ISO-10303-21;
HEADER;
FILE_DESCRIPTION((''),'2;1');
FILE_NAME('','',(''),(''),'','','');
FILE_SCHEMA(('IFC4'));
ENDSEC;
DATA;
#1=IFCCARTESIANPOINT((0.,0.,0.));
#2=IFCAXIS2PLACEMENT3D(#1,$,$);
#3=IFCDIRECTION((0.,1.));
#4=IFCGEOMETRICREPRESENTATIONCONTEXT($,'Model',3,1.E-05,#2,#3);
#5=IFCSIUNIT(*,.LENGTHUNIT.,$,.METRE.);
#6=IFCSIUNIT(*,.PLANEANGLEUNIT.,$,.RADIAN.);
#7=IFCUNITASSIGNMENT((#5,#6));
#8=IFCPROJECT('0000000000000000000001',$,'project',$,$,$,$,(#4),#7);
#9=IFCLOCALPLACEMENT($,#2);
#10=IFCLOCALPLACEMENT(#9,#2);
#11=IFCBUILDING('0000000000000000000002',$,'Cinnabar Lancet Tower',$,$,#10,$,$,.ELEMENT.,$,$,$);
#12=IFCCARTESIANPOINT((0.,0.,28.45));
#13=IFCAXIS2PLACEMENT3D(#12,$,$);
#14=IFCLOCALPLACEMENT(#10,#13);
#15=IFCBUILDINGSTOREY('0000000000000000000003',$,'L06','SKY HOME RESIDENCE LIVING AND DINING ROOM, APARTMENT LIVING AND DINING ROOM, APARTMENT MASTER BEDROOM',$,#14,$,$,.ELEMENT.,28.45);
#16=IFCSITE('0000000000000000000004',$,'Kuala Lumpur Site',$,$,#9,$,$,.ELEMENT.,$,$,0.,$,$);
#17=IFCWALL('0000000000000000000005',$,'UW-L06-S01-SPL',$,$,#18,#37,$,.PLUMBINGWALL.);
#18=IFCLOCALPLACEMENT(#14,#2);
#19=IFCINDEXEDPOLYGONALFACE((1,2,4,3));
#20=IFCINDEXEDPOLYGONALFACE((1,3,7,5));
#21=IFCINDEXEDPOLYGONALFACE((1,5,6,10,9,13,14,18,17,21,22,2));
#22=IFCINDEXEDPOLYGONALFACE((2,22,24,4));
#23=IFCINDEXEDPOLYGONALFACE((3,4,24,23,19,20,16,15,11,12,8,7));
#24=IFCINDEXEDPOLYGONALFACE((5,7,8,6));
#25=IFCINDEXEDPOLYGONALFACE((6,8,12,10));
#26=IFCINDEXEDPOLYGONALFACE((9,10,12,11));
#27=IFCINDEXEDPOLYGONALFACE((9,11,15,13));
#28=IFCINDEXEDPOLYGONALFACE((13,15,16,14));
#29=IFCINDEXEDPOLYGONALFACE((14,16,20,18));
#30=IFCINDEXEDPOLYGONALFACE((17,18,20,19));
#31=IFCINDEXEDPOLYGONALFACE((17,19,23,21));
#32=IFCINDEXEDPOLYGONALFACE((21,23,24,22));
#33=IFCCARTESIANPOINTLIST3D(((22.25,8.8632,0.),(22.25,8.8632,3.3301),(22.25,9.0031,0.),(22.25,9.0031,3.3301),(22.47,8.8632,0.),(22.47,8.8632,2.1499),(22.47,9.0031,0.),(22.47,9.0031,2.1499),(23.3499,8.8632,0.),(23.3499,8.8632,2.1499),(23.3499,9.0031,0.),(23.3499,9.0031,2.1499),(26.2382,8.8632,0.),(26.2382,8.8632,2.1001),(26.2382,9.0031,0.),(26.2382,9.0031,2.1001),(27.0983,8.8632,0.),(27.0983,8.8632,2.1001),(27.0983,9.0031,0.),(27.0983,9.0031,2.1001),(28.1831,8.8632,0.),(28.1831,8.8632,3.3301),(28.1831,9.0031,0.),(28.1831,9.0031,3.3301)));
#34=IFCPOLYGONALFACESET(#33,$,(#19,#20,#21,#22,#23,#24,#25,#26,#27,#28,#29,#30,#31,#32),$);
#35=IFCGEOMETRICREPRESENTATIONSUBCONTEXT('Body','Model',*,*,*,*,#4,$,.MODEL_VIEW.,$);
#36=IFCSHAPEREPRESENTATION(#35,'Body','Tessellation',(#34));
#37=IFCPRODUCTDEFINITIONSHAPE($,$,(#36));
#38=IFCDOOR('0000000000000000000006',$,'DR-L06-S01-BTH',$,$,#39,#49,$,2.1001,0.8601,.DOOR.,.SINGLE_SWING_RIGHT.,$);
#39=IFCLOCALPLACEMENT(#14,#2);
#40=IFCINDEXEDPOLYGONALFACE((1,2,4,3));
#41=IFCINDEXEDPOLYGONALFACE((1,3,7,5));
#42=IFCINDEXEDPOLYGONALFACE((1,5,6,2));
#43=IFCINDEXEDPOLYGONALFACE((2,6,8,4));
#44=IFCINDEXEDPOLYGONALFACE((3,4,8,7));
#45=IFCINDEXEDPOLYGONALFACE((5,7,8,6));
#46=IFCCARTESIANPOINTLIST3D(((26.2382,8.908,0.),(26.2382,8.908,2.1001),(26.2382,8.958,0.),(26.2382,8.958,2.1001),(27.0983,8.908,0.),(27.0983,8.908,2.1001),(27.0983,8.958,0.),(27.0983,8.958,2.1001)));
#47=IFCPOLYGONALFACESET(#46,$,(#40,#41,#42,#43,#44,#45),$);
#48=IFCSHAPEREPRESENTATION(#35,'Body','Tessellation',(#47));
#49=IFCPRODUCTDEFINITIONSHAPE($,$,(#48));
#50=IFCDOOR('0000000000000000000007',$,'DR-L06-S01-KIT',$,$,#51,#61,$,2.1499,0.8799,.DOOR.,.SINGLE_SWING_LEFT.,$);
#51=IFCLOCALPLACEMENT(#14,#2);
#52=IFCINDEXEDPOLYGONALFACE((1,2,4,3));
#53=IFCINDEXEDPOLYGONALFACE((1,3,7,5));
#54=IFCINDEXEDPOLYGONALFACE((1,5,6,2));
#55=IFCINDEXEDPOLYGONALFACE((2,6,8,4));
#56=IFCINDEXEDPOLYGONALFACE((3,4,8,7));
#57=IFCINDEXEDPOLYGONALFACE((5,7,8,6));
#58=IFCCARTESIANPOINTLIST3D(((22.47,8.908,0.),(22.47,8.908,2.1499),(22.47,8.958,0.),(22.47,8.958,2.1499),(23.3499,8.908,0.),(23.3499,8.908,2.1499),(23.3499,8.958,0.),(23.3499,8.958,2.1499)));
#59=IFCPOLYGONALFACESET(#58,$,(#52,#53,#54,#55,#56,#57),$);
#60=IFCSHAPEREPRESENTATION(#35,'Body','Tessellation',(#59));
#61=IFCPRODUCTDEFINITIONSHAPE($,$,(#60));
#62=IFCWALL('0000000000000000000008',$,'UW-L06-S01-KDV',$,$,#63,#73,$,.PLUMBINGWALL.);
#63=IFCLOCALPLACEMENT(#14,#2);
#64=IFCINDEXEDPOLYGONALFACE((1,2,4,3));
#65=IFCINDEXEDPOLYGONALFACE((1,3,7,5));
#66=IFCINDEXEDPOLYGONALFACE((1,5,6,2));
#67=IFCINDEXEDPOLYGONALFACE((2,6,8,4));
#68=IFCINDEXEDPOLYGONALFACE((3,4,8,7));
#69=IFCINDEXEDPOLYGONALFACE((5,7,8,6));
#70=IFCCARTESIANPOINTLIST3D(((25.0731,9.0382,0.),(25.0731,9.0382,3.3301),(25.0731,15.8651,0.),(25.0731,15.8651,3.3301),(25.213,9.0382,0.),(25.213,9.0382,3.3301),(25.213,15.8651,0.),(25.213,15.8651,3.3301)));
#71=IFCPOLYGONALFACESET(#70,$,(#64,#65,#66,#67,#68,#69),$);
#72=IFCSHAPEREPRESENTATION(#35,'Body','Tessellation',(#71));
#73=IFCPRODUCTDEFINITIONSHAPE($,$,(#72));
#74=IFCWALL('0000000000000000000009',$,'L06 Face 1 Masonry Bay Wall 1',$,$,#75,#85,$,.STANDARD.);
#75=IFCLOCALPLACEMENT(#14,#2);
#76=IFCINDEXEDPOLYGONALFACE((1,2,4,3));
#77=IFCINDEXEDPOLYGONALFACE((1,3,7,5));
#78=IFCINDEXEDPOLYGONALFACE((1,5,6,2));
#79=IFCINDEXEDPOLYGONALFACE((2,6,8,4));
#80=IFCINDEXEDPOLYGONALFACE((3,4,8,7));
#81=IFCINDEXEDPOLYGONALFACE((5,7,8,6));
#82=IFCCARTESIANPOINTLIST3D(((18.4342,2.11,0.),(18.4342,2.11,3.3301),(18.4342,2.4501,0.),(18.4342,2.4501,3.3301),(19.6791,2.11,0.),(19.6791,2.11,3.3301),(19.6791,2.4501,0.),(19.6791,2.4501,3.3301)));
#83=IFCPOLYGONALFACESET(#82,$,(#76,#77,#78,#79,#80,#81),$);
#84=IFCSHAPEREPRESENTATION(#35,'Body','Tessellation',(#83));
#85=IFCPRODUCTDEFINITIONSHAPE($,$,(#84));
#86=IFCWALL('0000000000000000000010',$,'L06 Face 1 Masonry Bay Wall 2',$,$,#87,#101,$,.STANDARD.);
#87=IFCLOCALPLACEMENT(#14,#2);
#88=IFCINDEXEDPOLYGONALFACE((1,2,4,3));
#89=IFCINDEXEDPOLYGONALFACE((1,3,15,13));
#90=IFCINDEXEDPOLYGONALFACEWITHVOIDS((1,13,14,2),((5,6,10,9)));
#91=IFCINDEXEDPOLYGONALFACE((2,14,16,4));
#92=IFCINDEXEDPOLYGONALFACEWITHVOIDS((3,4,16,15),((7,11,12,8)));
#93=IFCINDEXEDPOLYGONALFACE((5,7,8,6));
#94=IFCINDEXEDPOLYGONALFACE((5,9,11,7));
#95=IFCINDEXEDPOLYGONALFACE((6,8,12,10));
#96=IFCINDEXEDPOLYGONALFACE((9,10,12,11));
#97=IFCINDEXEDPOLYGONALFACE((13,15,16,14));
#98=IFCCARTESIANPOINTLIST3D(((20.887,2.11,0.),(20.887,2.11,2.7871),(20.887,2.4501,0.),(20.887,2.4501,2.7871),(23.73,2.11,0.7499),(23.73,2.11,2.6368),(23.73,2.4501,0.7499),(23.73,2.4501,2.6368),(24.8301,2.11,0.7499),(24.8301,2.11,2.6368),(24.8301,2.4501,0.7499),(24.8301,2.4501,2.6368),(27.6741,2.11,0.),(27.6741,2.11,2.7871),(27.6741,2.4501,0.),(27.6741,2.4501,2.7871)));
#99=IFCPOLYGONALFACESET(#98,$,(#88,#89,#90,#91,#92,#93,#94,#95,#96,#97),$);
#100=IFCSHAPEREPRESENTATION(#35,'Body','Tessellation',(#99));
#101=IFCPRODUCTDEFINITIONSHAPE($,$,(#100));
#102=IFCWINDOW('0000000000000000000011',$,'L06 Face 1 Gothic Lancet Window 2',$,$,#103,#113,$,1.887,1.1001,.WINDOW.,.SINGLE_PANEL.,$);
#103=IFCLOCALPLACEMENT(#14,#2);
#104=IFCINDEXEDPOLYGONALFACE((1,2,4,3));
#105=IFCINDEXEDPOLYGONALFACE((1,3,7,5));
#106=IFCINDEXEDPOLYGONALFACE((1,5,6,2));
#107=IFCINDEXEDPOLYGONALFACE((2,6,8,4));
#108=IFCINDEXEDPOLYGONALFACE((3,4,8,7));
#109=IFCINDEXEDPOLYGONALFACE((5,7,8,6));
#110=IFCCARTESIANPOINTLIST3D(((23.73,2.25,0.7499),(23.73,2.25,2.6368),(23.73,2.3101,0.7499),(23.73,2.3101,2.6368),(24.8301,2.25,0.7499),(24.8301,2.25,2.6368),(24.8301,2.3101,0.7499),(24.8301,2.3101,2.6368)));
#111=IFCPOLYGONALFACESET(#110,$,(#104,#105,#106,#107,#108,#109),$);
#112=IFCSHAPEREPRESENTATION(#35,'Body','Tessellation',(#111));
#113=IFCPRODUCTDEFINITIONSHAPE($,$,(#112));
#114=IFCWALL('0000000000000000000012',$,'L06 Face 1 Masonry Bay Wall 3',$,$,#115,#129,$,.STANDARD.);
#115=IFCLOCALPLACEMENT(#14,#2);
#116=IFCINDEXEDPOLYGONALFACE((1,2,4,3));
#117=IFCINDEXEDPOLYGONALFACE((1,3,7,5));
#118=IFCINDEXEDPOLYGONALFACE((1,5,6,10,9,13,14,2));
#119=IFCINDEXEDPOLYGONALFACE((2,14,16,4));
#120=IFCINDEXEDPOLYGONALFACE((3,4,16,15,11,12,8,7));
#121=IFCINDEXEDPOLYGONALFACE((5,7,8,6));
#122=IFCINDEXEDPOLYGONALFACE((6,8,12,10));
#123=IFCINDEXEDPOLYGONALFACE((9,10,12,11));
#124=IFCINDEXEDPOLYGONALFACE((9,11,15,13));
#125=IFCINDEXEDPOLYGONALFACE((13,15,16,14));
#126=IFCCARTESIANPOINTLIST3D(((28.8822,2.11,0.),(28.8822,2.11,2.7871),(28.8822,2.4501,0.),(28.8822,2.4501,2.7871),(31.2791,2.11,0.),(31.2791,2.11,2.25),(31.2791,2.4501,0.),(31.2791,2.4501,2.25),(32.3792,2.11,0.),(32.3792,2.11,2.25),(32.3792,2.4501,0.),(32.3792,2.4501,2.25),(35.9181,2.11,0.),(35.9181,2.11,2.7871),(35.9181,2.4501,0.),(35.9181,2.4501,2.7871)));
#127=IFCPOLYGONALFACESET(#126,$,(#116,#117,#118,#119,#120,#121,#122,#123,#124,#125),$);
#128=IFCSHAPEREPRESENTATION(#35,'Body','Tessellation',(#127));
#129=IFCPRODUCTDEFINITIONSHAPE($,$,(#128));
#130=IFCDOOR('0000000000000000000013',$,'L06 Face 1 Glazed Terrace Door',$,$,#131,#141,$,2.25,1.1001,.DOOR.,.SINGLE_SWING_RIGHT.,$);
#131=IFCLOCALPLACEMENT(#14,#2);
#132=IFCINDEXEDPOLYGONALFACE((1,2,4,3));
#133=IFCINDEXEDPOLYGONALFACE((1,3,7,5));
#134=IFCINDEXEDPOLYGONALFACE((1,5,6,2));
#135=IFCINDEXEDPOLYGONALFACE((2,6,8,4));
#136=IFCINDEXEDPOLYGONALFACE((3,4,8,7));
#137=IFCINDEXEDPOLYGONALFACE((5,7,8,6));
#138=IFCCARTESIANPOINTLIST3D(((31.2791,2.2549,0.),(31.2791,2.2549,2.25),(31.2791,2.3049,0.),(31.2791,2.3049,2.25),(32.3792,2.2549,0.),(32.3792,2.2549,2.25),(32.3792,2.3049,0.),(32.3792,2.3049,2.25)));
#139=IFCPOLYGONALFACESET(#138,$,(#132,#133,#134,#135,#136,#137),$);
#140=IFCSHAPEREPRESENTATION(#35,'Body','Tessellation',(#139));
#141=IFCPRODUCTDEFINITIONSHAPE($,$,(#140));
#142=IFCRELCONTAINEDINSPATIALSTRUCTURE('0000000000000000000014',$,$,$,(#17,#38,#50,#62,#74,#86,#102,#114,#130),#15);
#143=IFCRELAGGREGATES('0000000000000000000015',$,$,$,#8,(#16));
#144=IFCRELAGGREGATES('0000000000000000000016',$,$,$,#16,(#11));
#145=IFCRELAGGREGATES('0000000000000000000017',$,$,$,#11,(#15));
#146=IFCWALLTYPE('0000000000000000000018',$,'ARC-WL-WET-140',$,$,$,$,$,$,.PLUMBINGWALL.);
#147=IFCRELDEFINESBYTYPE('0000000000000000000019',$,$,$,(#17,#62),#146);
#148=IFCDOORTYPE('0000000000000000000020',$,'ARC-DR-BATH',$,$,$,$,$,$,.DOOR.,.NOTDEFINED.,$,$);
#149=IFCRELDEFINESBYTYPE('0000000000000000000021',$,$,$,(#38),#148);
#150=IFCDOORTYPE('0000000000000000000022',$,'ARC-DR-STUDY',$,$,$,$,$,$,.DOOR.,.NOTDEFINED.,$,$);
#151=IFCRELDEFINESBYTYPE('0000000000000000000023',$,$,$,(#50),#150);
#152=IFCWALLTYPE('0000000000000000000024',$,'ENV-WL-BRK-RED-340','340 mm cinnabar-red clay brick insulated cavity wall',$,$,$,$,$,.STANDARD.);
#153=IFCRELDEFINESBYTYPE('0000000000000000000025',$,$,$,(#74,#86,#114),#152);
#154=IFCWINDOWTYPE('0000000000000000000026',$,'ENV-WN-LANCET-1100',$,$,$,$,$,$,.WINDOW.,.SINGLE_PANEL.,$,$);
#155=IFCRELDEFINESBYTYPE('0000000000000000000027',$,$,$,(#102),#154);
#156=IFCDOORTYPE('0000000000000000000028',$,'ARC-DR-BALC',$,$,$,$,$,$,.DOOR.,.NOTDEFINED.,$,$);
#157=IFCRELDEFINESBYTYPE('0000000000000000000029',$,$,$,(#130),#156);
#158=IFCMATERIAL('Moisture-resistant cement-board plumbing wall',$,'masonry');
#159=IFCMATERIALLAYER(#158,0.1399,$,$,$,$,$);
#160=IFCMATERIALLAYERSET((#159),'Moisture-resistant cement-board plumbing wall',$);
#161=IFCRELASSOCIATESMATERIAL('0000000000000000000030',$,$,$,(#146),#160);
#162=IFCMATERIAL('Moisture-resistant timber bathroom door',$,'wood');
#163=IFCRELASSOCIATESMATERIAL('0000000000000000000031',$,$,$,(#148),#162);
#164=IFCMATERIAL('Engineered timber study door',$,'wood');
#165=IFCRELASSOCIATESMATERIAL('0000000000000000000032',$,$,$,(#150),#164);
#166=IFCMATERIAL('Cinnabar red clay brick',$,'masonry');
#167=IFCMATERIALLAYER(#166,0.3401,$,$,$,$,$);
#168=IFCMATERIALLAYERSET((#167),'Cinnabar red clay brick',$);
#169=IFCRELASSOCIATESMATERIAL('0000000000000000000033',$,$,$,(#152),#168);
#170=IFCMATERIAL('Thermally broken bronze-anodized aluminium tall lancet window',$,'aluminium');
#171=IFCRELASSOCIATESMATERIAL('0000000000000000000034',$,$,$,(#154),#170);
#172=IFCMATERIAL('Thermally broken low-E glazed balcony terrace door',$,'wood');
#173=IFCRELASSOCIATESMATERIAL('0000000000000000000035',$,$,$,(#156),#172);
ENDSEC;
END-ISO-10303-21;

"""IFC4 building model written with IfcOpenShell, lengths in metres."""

from ifc_helpers import new_model, si_unit, direction, frame, frame_2d, origin, place, context, subcontext, project, spatial, rectangle, extrude, material, layer, layer_set, type_object, element, fill, save


model = new_model("IFC4")

# Units and contexts
model_context = context("Model", 3, precision=1e-05, world=origin(), true_north=direction((0.0, 1.0)))
body_context = subcontext(model_context, "Body", "Model", "MODEL_VIEW")
ifc_project = project(units=[si_unit("LENGTHUNIT", "METRE"), si_unit("PLANEANGLEUNIT", "RADIAN")], contexts=[model_context])

# Site, building, storey
site_placement = place(None, origin())
site = spatial("IfcSite", under=ifc_project, at=site_placement, Name="Kuala Lumpur Site", CompositionType="ELEMENT", RefElevation=0.0)
building_placement = place(site_placement, origin())
building = spatial("IfcBuilding", under=site, at=building_placement, Name="Cinnabar Lancet Tower", CompositionType="ELEMENT")
storey_placement = place(building_placement, frame((0.0, 0.0, 28.45)))
storey = spatial("IfcBuildingStorey", under=building, at=storey_placement, Name="L06", Description="SKY HOME RESIDENCE LIVING AND DINING ROOM, APARTMENT LIVING AND DINING ROOM, APARTMENT MASTER BEDROOM", CompositionType="ELEMENT", Elevation=28.45)

# Wall, openings, doors
ifc_material_1 = material(Name="Moisture-resistant cement-board plumbing wall", Category="masonry")
ifc_layer_1 = layer(ifc_material_1, 0.1399)
ifc_layer_set_1 = layer_set([ifc_layer_1], Name="Moisture-resistant cement-board plumbing wall")
wall_type_1 = type_object("IfcWallType", Name="ARC-WL-WET-140", PredefinedType="PLUMBINGWALL", material=ifc_layer_set_1)
wall_1_placement = place(storey_placement, frame((22.25, 8.9331, 0.0), z_axis=(0.0, 0.0, 1.0), x_axis=(1.0, 0.0, 0.0)))
wall_1 = element("IfcWall", 1, at=wall_1_placement, inside=storey, type_object=wall_type_1, Name="UW-L06-S01-SPL", PredefinedType="PLUMBINGWALL", context=body_context, shape_type="SweptSolid", body=[
    extrude(rectangle(XDim=5.9331, YDim=0.1399, at=frame_2d((2.9666, 0.0))), origin(), (0.0, 0.0, 1.0), 3.3301),
])
opening_1_placement = place(wall_1_placement, frame((3.988, 0.0, 0.0)))
opening_1 = element("IfcOpeningElement", 2, at=opening_1_placement, cuts=wall_1, PredefinedType="OPENING", context=body_context, shape_type="SweptSolid", body=[
    extrude(rectangle(XDim=0.8601, YDim=2.1001, at=frame_2d((0.4302, 1.05))), frame((0.0, 0.0798, 0.0), z_axis=(0.0, -1.0, 0.0), x_axis=(1.0, 0.0, 0.0)), (0.0, 0.0, 1.0), 0.1599),
])
opening_2_placement = place(wall_1_placement, frame((0.22, 0.0, 0.0)))
opening_2 = element("IfcOpeningElement", 3, at=opening_2_placement, cuts=wall_1, PredefinedType="OPENING", context=body_context, shape_type="SweptSolid", body=[
    extrude(rectangle(XDim=0.8799, YDim=2.1499, at=frame_2d((0.4399, 1.075))), frame((0.0, 0.0798, 0.0), z_axis=(0.0, -1.0, 0.0), x_axis=(1.0, 0.0, 0.0)), (0.0, 0.0, 1.0), 0.1599),
])
ifc_material_2 = material(Name="Moisture-resistant timber bathroom door", Category="wood")
door_type_1 = type_object("IfcDoorType", Name="ARC-DR-BATH", OperationType="NOTDEFINED", PredefinedType="DOOR", material=ifc_material_2)
door_1_placement = place(opening_1_placement, origin())
door_1 = element("IfcDoor", 4, at=door_1_placement, inside=storey, type_object=door_type_1, Name="DR-L06-S01-BTH", OperationType="SINGLE_SWING_RIGHT", OverallHeight=2.1001, OverallWidth=0.8601, PredefinedType="DOOR", context=body_context, shape_type="SweptSolid", body=[
    extrude(rectangle(XDim=0.8601, YDim=2.1001, at=frame_2d((0.4302, 1.05))), frame((0.0, 0.0249, 0.0), z_axis=(0.0, -1.0, 0.0), x_axis=(1.0, 0.0, 0.0)), (0.0, 0.0, 1.0), 0.05),
])
fill(opening_1, door_1)
ifc_material_3 = material(Name="Engineered timber study door", Category="wood")
door_type_2 = type_object("IfcDoorType", Name="ARC-DR-STUDY", OperationType="NOTDEFINED", PredefinedType="DOOR", material=ifc_material_3)
door_2_placement = place(opening_2_placement, origin())
door_2 = element("IfcDoor", 5, at=door_2_placement, inside=storey, type_object=door_type_2, Name="DR-L06-S01-KIT", OperationType="SINGLE_SWING_LEFT", OverallHeight=2.1499, OverallWidth=0.8799, PredefinedType="DOOR", context=body_context, shape_type="SweptSolid", body=[
    extrude(rectangle(XDim=0.8799, YDim=2.1499, at=frame_2d((0.4399, 1.075))), frame((0.0, 0.0249, 0.0), z_axis=(0.0, -1.0, 0.0), x_axis=(1.0, 0.0, 0.0)), (0.0, 0.0, 1.0), 0.05),
])
fill(opening_2, door_2)

# Walls
wall_2_placement = place(storey_placement, frame((25.1431, 9.0381, 0.0), z_axis=(0.0, 0.0, 1.0), x_axis=(0.0, 1.0, 0.0)))
element("IfcWall", 6, at=wall_2_placement, inside=storey, type_object=wall_type_1, Name="UW-L06-S01-KDV", PredefinedType="PLUMBINGWALL", context=body_context, shape_type="SweptSolid", body=[
    extrude(rectangle(XDim=6.8269, YDim=0.1399, at=frame_2d((3.4136, 0.0))), origin(), (0.0, 0.0, 1.0), 3.3301),
])
ifc_material_4 = material(Name="Cinnabar red clay brick", Category="masonry")
ifc_layer_2 = layer(ifc_material_4, 0.3401)
ifc_layer_set_2 = layer_set([ifc_layer_2], Name="Cinnabar red clay brick")
wall_type_2 = type_object("IfcWallType", Name="ENV-WL-BRK-RED-340", Description="340 mm cinnabar-red clay brick insulated cavity wall", PredefinedType="STANDARD", material=ifc_layer_set_2)
wall_3_placement = place(storey_placement, frame((18.4341, 2.28, 0.0), z_axis=(0.0, 0.0, 1.0), x_axis=(1.0, 0.0, 0.0)))
element("IfcWall", 7, at=wall_3_placement, inside=storey, type_object=wall_type_2, Name="L06 Face 1 Masonry Bay Wall 1", PredefinedType="STANDARD", context=body_context, shape_type="SweptSolid", body=[
    extrude(rectangle(XDim=1.2449, YDim=0.3401, at=frame_2d((0.6226, 0.0))), origin(), (0.0, 0.0, 1.0), 3.3301),
])

# Wall, opening, window
wall_4_placement = place(storey_placement, frame((20.887, 2.28, 0.0), z_axis=(0.0, 0.0, 1.0), x_axis=(1.0, 0.0, 0.0)))
wall_4 = element("IfcWall", 8, at=wall_4_placement, inside=storey, type_object=wall_type_2, Name="L06 Face 1 Masonry Bay Wall 2", PredefinedType="STANDARD", context=body_context, shape_type="SweptSolid", body=[
    extrude(rectangle(XDim=6.7871, YDim=0.3401, at=frame_2d((3.3936, 0.0))), origin(), (0.0, 0.0, 1.0), 2.7871),
])
opening_3_placement = place(wall_4_placement, frame((2.843, 0.0, 0.75)))
opening_3 = element("IfcOpeningElement", 9, at=opening_3_placement, cuts=wall_4, PredefinedType="OPENING", context=body_context, shape_type="SweptSolid", body=[
    extrude(rectangle(XDim=1.1001, YDim=1.887, at=frame_2d((0.55, 0.9434))), frame((0.0, 0.1799, 0.0), z_axis=(0.0, -1.0, 0.0), x_axis=(1.0, 0.0, 0.0)), (0.0, 0.0, 1.0), 0.3601),
])
ifc_material_5 = material(Name="Thermally broken bronze-anodized aluminium tall lancet window", Category="aluminium")
window_type = type_object("IfcWindowType", Name="ENV-WN-LANCET-1100", PartitioningType="SINGLE_PANEL", PredefinedType="WINDOW", material=ifc_material_5)
window_placement = place(opening_3_placement, origin())
window = element("IfcWindow", 10, at=window_placement, inside=storey, type_object=window_type, Name="L06 Face 1 Gothic Lancet Window 2", OverallHeight=1.887, OverallWidth=1.1001, PartitioningType="SINGLE_PANEL", PredefinedType="WINDOW", context=body_context, shape_type="SweptSolid", body=[
    extrude(rectangle(XDim=1.1001, YDim=1.887, at=frame_2d((0.55, 0.9434))), frame((0.0, 0.03, 0.0), z_axis=(0.0, -1.0, 0.0), x_axis=(1.0, 0.0, 0.0)), (0.0, 0.0, 1.0), 0.0601),
])
fill(opening_3, window)

# Wall, opening, door
wall_5_placement = place(storey_placement, frame((28.8821, 2.28, 0.0), z_axis=(0.0, 0.0, 1.0), x_axis=(1.0, 0.0, 0.0)))
wall_5 = element("IfcWall", 11, at=wall_5_placement, inside=storey, type_object=wall_type_2, Name="L06 Face 1 Masonry Bay Wall 3", PredefinedType="STANDARD", context=body_context, shape_type="SweptSolid", body=[
    extrude(rectangle(XDim=7.0359, YDim=0.3401, at=frame_2d((3.5181, 0.0))), origin(), (0.0, 0.0, 1.0), 2.7871),
])
opening_4_placement = place(wall_5_placement, frame((2.397, 0.0, 0.0)))
opening_4 = element("IfcOpeningElement", 12, at=opening_4_placement, cuts=wall_5, PredefinedType="OPENING", context=body_context, shape_type="SweptSolid", body=[
    extrude(rectangle(XDim=1.1001, YDim=2.25, at=frame_2d((0.55, 1.125))), frame((0.0, 0.1799, 0.0), z_axis=(0.0, -1.0, 0.0), x_axis=(1.0, 0.0, 0.0)), (0.0, 0.0, 1.0), 0.3601),
])
ifc_material_6 = material(Name="Thermally broken low-E glazed balcony terrace door", Category="wood")
door_type_3 = type_object("IfcDoorType", Name="ARC-DR-BALC", OperationType="NOTDEFINED", PredefinedType="DOOR", material=ifc_material_6)
door_3_placement = place(opening_4_placement, origin())
door_3 = element("IfcDoor", 13, at=door_3_placement, inside=storey, type_object=door_type_3, Name="L06 Face 1 Glazed Terrace Door", OperationType="SINGLE_SWING_RIGHT", OverallHeight=2.25, OverallWidth=1.1001, PredefinedType="DOOR", context=body_context, shape_type="SweptSolid", body=[
    extrude(rectangle(XDim=1.1001, YDim=2.25, at=frame_2d((0.55, 1.125))), frame((0.0, 0.0249, 0.0), z_axis=(0.0, -1.0, 0.0), x_axis=(1.0, 0.0, 0.0)), (0.0, 0.0, 1.0), 0.05),
])
fill(opening_4, door_3)

save(model, "model.ifc")
